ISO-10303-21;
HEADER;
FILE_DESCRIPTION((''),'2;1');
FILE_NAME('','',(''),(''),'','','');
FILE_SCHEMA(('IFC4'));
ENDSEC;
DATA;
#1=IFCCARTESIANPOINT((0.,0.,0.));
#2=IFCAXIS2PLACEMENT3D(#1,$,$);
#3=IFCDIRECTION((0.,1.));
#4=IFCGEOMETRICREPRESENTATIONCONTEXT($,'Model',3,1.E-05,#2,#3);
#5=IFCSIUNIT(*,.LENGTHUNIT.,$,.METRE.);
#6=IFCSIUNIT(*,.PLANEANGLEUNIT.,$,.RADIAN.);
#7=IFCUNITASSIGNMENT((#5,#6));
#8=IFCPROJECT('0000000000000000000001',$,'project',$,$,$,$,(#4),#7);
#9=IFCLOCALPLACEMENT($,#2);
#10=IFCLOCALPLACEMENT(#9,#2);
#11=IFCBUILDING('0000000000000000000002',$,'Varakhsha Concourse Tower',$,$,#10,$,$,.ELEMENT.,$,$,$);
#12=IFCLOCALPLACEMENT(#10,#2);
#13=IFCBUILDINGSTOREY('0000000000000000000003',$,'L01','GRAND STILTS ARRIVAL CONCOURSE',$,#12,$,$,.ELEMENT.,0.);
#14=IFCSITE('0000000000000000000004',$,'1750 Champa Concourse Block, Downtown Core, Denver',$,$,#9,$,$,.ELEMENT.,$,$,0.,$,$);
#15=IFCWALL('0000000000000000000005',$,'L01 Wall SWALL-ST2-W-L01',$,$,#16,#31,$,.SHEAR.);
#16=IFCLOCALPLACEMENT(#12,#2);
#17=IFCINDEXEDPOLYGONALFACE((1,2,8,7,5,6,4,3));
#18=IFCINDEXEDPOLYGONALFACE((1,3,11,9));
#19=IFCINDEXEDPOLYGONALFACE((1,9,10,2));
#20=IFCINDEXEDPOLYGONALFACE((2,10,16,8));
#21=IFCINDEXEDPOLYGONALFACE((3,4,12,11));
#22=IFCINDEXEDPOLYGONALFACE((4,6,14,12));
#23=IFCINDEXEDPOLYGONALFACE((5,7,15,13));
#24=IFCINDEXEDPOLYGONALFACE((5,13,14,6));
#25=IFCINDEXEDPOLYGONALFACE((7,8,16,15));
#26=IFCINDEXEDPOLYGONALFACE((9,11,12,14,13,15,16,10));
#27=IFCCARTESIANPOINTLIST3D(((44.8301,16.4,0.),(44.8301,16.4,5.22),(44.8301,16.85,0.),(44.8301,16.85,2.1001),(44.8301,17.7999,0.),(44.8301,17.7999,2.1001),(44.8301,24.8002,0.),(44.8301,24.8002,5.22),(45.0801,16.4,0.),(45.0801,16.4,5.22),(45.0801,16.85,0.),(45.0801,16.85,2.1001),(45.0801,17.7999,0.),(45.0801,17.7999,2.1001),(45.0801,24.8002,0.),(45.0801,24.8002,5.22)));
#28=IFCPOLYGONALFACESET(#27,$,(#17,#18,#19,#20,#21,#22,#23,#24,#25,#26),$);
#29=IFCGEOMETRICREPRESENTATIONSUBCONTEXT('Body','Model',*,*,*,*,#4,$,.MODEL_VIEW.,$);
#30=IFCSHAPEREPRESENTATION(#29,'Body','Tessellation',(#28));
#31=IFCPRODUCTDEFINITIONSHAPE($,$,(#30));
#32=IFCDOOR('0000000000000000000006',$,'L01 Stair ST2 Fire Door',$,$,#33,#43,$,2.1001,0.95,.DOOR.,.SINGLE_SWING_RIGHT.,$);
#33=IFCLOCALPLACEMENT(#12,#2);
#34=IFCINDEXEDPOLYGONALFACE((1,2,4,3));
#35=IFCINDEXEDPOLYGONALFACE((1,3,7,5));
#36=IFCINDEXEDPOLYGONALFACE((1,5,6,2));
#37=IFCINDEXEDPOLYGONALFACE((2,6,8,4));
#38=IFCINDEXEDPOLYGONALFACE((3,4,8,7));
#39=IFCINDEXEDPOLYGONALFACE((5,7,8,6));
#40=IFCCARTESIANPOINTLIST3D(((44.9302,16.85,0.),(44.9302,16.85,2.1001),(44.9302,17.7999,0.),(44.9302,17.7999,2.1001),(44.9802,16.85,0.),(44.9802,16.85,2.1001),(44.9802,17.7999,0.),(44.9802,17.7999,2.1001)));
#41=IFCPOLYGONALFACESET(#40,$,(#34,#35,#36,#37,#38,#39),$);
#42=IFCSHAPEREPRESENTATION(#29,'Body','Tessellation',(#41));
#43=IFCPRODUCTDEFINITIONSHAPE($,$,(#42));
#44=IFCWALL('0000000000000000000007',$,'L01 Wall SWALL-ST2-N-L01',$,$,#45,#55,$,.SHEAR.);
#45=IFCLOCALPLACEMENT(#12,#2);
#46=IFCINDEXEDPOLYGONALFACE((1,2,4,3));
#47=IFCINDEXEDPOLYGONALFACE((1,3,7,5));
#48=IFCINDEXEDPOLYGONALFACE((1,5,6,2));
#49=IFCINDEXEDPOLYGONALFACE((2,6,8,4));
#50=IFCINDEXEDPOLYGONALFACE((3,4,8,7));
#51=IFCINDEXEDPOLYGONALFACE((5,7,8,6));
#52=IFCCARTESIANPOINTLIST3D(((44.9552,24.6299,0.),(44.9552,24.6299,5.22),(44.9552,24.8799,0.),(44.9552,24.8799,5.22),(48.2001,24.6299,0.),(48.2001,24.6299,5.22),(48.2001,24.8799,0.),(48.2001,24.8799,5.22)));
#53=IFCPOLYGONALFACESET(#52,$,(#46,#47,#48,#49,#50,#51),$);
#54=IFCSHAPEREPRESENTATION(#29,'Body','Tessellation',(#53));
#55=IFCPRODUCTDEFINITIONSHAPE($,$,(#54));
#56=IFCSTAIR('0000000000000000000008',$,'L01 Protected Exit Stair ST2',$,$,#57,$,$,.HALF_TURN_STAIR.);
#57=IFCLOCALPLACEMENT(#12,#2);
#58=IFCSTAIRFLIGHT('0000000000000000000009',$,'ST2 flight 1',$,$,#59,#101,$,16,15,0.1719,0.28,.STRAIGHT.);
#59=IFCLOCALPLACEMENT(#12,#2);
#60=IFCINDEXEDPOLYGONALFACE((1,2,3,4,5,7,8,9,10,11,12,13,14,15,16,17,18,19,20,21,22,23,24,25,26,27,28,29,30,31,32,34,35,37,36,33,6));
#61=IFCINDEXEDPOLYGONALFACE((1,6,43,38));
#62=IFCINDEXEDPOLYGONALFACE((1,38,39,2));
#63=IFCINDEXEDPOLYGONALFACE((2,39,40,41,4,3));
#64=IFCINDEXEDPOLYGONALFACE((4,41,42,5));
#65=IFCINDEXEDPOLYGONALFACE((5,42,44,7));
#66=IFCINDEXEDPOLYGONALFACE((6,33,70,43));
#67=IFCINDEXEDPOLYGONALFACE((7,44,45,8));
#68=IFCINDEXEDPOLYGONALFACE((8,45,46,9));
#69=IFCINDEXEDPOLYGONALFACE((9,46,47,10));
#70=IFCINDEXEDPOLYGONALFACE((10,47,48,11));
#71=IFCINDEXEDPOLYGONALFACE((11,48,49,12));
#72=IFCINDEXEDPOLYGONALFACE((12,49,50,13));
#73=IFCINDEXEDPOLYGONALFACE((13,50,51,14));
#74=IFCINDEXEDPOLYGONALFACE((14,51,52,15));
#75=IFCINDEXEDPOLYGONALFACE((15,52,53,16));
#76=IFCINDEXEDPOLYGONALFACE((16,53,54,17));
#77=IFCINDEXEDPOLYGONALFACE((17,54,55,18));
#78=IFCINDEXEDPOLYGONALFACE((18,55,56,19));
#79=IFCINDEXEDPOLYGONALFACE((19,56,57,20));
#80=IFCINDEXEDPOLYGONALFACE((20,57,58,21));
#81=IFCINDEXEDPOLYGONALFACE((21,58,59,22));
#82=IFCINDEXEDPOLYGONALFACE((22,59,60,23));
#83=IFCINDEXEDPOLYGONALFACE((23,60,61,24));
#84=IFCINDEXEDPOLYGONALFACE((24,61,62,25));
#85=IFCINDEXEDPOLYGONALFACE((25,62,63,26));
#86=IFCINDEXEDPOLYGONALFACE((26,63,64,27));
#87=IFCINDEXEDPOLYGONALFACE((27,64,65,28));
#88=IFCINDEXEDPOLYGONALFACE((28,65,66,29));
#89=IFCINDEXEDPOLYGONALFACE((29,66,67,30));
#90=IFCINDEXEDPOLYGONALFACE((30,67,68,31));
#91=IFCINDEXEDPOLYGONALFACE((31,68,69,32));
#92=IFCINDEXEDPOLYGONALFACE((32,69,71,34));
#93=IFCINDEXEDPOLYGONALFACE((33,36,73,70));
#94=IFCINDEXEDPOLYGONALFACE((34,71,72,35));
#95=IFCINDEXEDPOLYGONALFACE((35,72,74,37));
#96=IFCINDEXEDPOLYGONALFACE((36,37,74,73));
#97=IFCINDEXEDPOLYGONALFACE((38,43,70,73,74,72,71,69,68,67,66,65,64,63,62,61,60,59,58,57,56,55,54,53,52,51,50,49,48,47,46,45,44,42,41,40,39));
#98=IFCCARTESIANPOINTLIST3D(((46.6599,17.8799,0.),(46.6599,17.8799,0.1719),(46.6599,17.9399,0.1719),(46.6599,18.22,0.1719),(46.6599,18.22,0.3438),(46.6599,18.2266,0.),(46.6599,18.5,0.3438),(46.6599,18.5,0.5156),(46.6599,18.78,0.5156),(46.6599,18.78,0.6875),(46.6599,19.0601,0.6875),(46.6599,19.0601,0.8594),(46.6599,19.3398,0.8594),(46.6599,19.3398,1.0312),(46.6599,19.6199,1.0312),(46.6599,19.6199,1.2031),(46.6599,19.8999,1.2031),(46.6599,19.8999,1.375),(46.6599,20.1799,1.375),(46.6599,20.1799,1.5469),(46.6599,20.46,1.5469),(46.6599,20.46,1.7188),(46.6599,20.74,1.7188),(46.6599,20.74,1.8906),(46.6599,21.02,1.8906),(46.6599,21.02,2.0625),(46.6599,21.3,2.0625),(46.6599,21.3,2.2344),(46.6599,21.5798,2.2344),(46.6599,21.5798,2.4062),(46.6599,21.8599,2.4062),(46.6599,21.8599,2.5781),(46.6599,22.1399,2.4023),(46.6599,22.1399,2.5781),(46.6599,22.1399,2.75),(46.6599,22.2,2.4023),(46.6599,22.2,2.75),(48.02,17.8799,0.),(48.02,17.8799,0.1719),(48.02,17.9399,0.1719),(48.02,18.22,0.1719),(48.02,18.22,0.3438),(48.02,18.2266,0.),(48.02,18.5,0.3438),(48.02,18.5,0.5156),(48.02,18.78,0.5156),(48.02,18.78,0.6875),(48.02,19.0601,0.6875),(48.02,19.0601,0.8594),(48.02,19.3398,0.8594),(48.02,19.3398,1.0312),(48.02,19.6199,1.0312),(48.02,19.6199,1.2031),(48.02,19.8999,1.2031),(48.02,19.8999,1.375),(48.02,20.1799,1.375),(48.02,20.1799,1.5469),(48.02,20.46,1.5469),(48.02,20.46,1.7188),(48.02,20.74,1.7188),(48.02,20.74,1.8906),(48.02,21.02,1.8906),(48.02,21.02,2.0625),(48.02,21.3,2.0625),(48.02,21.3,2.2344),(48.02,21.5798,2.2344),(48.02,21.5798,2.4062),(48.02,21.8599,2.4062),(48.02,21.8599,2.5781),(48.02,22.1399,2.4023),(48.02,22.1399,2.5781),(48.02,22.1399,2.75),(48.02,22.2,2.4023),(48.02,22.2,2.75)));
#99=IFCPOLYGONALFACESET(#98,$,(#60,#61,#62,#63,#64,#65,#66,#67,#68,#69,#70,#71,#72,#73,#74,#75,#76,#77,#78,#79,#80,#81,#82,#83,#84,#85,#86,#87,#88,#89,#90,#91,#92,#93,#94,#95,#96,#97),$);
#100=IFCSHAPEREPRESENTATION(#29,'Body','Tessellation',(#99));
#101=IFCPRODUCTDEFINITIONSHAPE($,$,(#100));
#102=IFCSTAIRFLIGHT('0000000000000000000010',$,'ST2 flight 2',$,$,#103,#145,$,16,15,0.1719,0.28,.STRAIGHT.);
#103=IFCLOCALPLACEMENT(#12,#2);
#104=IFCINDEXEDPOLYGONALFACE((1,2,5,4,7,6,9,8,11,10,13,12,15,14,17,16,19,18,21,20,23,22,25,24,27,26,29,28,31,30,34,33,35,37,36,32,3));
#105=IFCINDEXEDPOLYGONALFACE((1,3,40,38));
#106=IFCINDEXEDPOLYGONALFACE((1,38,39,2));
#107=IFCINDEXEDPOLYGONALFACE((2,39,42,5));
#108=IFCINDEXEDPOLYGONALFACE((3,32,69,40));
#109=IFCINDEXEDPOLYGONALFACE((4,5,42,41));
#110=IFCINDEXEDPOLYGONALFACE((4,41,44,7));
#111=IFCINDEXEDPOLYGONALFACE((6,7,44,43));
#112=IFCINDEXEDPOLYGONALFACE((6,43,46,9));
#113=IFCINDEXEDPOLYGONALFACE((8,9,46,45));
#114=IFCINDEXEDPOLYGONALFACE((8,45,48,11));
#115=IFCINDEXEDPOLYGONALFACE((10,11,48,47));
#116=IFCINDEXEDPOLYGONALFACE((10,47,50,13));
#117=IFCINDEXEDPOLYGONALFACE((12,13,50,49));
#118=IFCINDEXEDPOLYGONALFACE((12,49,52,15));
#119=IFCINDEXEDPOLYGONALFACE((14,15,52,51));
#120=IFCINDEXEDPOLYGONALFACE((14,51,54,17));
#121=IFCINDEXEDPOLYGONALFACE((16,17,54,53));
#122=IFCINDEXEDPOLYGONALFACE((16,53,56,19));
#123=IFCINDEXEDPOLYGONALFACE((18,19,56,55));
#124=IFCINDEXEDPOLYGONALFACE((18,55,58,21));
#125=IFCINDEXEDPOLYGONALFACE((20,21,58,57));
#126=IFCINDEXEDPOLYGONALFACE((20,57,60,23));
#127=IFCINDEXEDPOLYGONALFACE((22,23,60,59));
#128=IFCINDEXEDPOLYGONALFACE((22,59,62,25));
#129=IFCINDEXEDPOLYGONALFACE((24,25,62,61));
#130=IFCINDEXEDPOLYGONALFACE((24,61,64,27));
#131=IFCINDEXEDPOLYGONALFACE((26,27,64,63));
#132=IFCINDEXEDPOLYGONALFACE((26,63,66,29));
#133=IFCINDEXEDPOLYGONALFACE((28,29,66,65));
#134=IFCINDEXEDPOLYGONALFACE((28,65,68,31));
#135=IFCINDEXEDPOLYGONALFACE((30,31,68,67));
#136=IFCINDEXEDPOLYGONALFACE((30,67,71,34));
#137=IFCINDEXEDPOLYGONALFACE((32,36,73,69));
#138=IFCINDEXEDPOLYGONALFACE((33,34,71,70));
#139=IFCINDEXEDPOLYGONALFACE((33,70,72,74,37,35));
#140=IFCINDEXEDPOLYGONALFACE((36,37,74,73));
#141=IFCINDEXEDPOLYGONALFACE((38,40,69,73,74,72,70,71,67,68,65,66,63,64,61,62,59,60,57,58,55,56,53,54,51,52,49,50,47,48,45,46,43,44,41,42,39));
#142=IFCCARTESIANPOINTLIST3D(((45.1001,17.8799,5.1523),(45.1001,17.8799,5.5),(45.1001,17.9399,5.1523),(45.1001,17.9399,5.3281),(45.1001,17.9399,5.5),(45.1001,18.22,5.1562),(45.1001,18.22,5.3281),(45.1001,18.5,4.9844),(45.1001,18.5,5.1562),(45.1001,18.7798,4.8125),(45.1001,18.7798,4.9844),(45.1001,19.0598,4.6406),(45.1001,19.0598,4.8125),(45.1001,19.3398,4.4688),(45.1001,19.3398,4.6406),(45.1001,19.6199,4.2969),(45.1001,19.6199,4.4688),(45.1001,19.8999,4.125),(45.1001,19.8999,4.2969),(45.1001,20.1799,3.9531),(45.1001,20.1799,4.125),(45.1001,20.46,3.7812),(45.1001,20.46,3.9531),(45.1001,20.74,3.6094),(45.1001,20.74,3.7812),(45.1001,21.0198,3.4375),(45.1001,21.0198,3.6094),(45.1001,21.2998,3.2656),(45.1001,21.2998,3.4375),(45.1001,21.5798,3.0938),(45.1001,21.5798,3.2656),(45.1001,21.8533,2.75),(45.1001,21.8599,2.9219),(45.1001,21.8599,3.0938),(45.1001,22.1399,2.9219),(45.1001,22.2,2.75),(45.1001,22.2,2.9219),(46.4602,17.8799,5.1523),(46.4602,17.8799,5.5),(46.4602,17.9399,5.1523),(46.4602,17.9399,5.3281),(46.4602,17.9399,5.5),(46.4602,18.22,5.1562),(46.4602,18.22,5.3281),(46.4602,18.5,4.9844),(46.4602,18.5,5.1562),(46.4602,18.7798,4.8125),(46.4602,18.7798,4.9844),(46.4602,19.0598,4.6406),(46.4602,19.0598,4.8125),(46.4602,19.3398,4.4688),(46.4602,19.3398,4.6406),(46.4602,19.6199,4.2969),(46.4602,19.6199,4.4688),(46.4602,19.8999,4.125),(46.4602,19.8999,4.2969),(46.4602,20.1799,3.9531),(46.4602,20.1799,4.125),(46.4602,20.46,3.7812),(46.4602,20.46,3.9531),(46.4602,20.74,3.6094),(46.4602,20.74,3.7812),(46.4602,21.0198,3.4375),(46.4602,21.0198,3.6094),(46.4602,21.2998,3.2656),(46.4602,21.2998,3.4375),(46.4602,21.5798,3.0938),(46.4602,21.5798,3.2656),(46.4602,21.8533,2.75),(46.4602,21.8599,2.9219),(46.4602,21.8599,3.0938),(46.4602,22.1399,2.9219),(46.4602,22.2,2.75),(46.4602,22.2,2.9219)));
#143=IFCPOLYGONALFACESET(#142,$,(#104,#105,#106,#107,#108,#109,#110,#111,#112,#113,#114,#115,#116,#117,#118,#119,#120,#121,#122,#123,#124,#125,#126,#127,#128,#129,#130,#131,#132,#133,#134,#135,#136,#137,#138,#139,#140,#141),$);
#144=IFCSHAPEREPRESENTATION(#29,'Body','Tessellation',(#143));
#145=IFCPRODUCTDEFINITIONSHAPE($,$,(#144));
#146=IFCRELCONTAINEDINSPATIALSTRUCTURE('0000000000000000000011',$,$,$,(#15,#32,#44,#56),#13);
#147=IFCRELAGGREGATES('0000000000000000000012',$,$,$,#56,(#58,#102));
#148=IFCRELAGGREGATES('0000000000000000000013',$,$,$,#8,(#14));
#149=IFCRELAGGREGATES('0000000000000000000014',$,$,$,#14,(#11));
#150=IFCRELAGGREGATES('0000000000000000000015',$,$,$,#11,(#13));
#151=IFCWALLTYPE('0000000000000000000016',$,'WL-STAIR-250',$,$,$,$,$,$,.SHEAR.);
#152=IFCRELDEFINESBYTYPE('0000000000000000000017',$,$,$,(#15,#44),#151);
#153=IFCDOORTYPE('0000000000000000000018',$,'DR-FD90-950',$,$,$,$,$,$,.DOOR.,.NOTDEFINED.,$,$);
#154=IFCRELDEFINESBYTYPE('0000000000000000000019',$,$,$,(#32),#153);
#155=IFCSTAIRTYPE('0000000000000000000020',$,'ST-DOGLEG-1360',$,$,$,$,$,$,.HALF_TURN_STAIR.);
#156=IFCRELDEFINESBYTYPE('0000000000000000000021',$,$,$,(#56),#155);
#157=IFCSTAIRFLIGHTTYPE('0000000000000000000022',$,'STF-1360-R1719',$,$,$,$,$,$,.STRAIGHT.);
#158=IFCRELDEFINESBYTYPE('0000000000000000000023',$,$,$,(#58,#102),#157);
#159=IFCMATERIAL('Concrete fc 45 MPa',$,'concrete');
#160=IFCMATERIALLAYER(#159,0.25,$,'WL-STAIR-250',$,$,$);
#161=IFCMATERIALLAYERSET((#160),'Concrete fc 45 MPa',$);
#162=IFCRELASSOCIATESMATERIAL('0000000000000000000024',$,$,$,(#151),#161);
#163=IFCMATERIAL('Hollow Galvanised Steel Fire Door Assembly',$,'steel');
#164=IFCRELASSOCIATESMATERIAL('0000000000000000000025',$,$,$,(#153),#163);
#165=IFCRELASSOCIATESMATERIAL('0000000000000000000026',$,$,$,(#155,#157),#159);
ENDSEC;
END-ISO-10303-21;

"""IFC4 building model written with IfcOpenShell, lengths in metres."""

from ifc_helpers import new_model, si_unit, direction, frame, frame_2d, origin, place, context, subcontext, project, spatial, polyline, rectangle, outline, extrude, material, layer, layer_set, type_object, element, fill, aggregate, save


model = new_model("IFC4")

# Units and contexts
model_context = context("Model", 3, precision=1e-05, world=origin(), true_north=direction((0.0, 1.0)))
body_context = subcontext(model_context, "Body", "Model", "MODEL_VIEW")
ifc_project = project(units=[si_unit("LENGTHUNIT", "METRE"), si_unit("PLANEANGLEUNIT", "RADIAN")], contexts=[model_context])

# Site, building, storey
site_placement = place(None, origin())
site = spatial("IfcSite", under=ifc_project, at=site_placement, Name="1750 Champa Concourse Block, Downtown Core, Denver", CompositionType="ELEMENT", RefElevation=0.0)
building_placement = place(site_placement, origin())
building = spatial("IfcBuilding", under=site, at=building_placement, Name="Varakhsha Concourse Tower", CompositionType="ELEMENT")
storey_placement = place(building_placement, origin())
storey = spatial("IfcBuildingStorey", under=building, at=storey_placement, Name="L01", Description="GRAND STILTS ARRIVAL CONCOURSE", CompositionType="ELEMENT", Elevation=0.0)

# Shared definitions
ifc_material_1 = material(Name="Hollow Galvanised Steel Fire Door Assembly", Category="steel")

# Wall, opening, door
ifc_material_2 = material(Name="Concrete fc 45 MPa", Category="concrete")
ifc_layer_1 = layer(ifc_material_2, 0.25, Name="WL-STAIR-250")
ifc_layer_set_1 = layer_set([ifc_layer_1], Name="Concrete fc 45 MPa")
wall_type_1 = type_object("IfcWallType", Name="WL-STAIR-250", PredefinedType="SHEAR", material=ifc_layer_set_1)
wall_1_placement = place(storey_placement, frame((44.9551, 16.3999, 0.0), z_axis=(0.0, 0.0, 1.0), x_axis=(0.0, 1.0, 0.0)))
wall_1 = element("IfcWall", 1, at=wall_1_placement, inside=storey, type_object=wall_type_1, Name="L01 Wall SWALL-ST2-W-L01", PredefinedType="SHEAR", context=body_context, shape_type="SweptSolid", body=[
    extrude(rectangle(XDim=8.4001, YDim=0.25, at=frame_2d((4.2002, 0.0))), origin(), (0.0, 0.0, 1.0), 5.22),
])
opening_1_placement = place(wall_1_placement, frame((0.45, 0.0, 0.0)))
opening_1 = element("IfcOpeningElement", 2, at=opening_1_placement, cuts=wall_1, PredefinedType="OPENING", context=body_context, shape_type="SweptSolid", body=[
    extrude(rectangle(XDim=0.95, YDim=2.1001, at=frame_2d((0.4751, 1.05))), frame((0.0, 0.135, 0.0), z_axis=(0.0, -1.0, 0.0), x_axis=(1.0, 0.0, 0.0)), (0.0, 0.0, 1.0), 0.27),
])
door_type_1 = type_object("IfcDoorType", Name="DR-FD90-950", OperationType="NOTDEFINED", PredefinedType="DOOR", material=ifc_material_1)
door_1_placement = place(opening_1_placement, origin())
door_1 = element("IfcDoor", 3, at=door_1_placement, inside=storey, type_object=door_type_1, Name="L01 Stair ST2 Fire Door", OperationType="SINGLE_SWING_RIGHT", OverallHeight=2.1001, OverallWidth=0.95, PredefinedType="DOOR", context=body_context, shape_type="SweptSolid", body=[
    extrude(rectangle(XDim=0.95, YDim=2.1001, at=frame_2d((0.4751, 1.05))), frame((0.0, 0.0249, 0.0), z_axis=(0.0, -1.0, 0.0), x_axis=(1.0, 0.0, 0.0)), (0.0, 0.0, 1.0), 0.05),
])
fill(opening_1, door_1)

# Wall
wall_2_placement = place(storey_placement, frame((44.9551, 24.7549, 0.0), z_axis=(0.0, 0.0, 1.0), x_axis=(1.0, 0.0, 0.0)))
element("IfcWall", 4, at=wall_2_placement, inside=storey, type_object=wall_type_1, Name="L01 Wall SWALL-ST2-N-L01", PredefinedType="SHEAR", context=body_context, shape_type="SweptSolid", body=[
    extrude(rectangle(XDim=3.2449, YDim=0.25, at=frame_2d((1.6226, 0.0))), origin(), (0.0, 0.0, 1.0), 5.22),
])

# Stair, stair flights
stair_type = type_object("IfcStairType", Name="ST-DOGLEG-1360", PredefinedType="HALF_TURN_STAIR", material=ifc_material_2)
stair_placement = place(storey_placement, origin())
stair = element("IfcStair", 5, at=stair_placement, inside=storey, type_object=stair_type, Name="L01 Protected Exit Stair ST2", PredefinedType="HALF_TURN_STAIR")
stair_flight_type = type_object("IfcStairFlightType", Name="STF-1360-R1719", PredefinedType="STRAIGHT", material=ifc_material_2)
stair_flight_1_placement = place(storey_placement, frame((47.3401, 17.9399, 0.0), z_axis=(0.0, 0.0, 1.0), x_axis=(0.0, 1.0, 0.0)))
stair_flight_1 = element("IfcStairFlight", 6, at=stair_flight_1_placement, type_object=stair_flight_type, Name="ST2 flight 1", NumberOfRisers=16, NumberOfTreads=15, PredefinedType="STRAIGHT", RiserHeight=0.1719, TreadLength=0.28, context=body_context, shape_type="SweptSolid", body=[
    extrude(outline(polyline([(-0.0601, 0.0), (-0.0601, 0.1719), (0.0, 0.1719), (0.28, 0.1719), (0.28, 0.3438), (0.5601, 0.3438), (0.5601, 0.5156), (0.8401, 0.5156), (0.8401, 0.6875), (1.1201, 0.6875), (1.1201, 0.8594), (1.3999, 0.8594), (1.3999, 1.0312), (1.6799, 1.0312), (1.6799, 1.2031), (1.96, 1.2031), (1.96, 1.375), (2.24, 1.375), (2.24, 1.5469), (2.52, 1.5469), (2.52, 1.7188), (2.8, 1.7188), (2.8, 1.8906), (3.0801, 1.8906), (3.0801, 2.0625), (3.3601, 2.0625), (3.3601, 2.2344), (3.6399, 2.2344), (3.6399, 2.4062), (3.9199, 2.4062), (3.9199, 2.5781), (4.2, 2.5781), (4.2, 2.75), (4.26, 2.75), (4.26, 2.4023), (4.2, 2.4023), (0.2866, 0.0), (-0.0601, 0.0)])), frame((0.0, 0.6802, 0.0), z_axis=(0.0, -1.0, 0.0), x_axis=(1.0, 0.0, 0.0)), (0.0, 0.0, 1.0), 1.3601),
])
stair_flight_2_placement = place(storey_placement, frame((45.78, 22.1399, 2.75), z_axis=(0.0, 0.0, 1.0), x_axis=(0.0, -1.0, 0.0)))
stair_flight_2 = element("IfcStairFlight", 7, at=stair_flight_2_placement, type_object=stair_flight_type, Name="ST2 flight 2", NumberOfRisers=16, NumberOfTreads=15, PredefinedType="STRAIGHT", RiserHeight=0.1719, TreadLength=0.28, context=body_context, shape_type="SweptSolid", body=[
    extrude(outline(polyline([(-0.0601, 0.0), (-0.0601, 0.1719), (0.0, 0.1719), (0.28, 0.1719), (0.28, 0.3438), (0.5601, 0.3438), (0.5601, 0.5156), (0.8401, 0.5156), (0.8401, 0.6875), (1.1201, 0.6875), (1.1201, 0.8594), (1.3999, 0.8594), (1.3999, 1.0312), (1.6799, 1.0312), (1.6799, 1.2031), (1.96, 1.2031), (1.96, 1.375), (2.24, 1.375), (2.24, 1.5469), (2.52, 1.5469), (2.52, 1.7188), (2.8, 1.7188), (2.8, 1.8906), (3.0801, 1.8906), (3.0801, 2.0625), (3.3601, 2.0625), (3.3601, 2.2344), (3.6399, 2.2344), (3.6399, 2.4062), (3.9199, 2.4062), (3.9199, 2.5781), (4.2, 2.5781), (4.2, 2.75), (4.26, 2.75), (4.26, 2.4023), (4.2, 2.4023), (0.2866, 0.0), (-0.0601, 0.0)])), frame((0.0, 0.6802, 0.0), z_axis=(0.0, -1.0, 0.0), x_axis=(1.0, 0.0, 0.0)), (0.0, 0.0, 1.0), 1.3601),
])
aggregate(stair, [stair_flight_1, stair_flight_2])

save(model, "model.ifc")
